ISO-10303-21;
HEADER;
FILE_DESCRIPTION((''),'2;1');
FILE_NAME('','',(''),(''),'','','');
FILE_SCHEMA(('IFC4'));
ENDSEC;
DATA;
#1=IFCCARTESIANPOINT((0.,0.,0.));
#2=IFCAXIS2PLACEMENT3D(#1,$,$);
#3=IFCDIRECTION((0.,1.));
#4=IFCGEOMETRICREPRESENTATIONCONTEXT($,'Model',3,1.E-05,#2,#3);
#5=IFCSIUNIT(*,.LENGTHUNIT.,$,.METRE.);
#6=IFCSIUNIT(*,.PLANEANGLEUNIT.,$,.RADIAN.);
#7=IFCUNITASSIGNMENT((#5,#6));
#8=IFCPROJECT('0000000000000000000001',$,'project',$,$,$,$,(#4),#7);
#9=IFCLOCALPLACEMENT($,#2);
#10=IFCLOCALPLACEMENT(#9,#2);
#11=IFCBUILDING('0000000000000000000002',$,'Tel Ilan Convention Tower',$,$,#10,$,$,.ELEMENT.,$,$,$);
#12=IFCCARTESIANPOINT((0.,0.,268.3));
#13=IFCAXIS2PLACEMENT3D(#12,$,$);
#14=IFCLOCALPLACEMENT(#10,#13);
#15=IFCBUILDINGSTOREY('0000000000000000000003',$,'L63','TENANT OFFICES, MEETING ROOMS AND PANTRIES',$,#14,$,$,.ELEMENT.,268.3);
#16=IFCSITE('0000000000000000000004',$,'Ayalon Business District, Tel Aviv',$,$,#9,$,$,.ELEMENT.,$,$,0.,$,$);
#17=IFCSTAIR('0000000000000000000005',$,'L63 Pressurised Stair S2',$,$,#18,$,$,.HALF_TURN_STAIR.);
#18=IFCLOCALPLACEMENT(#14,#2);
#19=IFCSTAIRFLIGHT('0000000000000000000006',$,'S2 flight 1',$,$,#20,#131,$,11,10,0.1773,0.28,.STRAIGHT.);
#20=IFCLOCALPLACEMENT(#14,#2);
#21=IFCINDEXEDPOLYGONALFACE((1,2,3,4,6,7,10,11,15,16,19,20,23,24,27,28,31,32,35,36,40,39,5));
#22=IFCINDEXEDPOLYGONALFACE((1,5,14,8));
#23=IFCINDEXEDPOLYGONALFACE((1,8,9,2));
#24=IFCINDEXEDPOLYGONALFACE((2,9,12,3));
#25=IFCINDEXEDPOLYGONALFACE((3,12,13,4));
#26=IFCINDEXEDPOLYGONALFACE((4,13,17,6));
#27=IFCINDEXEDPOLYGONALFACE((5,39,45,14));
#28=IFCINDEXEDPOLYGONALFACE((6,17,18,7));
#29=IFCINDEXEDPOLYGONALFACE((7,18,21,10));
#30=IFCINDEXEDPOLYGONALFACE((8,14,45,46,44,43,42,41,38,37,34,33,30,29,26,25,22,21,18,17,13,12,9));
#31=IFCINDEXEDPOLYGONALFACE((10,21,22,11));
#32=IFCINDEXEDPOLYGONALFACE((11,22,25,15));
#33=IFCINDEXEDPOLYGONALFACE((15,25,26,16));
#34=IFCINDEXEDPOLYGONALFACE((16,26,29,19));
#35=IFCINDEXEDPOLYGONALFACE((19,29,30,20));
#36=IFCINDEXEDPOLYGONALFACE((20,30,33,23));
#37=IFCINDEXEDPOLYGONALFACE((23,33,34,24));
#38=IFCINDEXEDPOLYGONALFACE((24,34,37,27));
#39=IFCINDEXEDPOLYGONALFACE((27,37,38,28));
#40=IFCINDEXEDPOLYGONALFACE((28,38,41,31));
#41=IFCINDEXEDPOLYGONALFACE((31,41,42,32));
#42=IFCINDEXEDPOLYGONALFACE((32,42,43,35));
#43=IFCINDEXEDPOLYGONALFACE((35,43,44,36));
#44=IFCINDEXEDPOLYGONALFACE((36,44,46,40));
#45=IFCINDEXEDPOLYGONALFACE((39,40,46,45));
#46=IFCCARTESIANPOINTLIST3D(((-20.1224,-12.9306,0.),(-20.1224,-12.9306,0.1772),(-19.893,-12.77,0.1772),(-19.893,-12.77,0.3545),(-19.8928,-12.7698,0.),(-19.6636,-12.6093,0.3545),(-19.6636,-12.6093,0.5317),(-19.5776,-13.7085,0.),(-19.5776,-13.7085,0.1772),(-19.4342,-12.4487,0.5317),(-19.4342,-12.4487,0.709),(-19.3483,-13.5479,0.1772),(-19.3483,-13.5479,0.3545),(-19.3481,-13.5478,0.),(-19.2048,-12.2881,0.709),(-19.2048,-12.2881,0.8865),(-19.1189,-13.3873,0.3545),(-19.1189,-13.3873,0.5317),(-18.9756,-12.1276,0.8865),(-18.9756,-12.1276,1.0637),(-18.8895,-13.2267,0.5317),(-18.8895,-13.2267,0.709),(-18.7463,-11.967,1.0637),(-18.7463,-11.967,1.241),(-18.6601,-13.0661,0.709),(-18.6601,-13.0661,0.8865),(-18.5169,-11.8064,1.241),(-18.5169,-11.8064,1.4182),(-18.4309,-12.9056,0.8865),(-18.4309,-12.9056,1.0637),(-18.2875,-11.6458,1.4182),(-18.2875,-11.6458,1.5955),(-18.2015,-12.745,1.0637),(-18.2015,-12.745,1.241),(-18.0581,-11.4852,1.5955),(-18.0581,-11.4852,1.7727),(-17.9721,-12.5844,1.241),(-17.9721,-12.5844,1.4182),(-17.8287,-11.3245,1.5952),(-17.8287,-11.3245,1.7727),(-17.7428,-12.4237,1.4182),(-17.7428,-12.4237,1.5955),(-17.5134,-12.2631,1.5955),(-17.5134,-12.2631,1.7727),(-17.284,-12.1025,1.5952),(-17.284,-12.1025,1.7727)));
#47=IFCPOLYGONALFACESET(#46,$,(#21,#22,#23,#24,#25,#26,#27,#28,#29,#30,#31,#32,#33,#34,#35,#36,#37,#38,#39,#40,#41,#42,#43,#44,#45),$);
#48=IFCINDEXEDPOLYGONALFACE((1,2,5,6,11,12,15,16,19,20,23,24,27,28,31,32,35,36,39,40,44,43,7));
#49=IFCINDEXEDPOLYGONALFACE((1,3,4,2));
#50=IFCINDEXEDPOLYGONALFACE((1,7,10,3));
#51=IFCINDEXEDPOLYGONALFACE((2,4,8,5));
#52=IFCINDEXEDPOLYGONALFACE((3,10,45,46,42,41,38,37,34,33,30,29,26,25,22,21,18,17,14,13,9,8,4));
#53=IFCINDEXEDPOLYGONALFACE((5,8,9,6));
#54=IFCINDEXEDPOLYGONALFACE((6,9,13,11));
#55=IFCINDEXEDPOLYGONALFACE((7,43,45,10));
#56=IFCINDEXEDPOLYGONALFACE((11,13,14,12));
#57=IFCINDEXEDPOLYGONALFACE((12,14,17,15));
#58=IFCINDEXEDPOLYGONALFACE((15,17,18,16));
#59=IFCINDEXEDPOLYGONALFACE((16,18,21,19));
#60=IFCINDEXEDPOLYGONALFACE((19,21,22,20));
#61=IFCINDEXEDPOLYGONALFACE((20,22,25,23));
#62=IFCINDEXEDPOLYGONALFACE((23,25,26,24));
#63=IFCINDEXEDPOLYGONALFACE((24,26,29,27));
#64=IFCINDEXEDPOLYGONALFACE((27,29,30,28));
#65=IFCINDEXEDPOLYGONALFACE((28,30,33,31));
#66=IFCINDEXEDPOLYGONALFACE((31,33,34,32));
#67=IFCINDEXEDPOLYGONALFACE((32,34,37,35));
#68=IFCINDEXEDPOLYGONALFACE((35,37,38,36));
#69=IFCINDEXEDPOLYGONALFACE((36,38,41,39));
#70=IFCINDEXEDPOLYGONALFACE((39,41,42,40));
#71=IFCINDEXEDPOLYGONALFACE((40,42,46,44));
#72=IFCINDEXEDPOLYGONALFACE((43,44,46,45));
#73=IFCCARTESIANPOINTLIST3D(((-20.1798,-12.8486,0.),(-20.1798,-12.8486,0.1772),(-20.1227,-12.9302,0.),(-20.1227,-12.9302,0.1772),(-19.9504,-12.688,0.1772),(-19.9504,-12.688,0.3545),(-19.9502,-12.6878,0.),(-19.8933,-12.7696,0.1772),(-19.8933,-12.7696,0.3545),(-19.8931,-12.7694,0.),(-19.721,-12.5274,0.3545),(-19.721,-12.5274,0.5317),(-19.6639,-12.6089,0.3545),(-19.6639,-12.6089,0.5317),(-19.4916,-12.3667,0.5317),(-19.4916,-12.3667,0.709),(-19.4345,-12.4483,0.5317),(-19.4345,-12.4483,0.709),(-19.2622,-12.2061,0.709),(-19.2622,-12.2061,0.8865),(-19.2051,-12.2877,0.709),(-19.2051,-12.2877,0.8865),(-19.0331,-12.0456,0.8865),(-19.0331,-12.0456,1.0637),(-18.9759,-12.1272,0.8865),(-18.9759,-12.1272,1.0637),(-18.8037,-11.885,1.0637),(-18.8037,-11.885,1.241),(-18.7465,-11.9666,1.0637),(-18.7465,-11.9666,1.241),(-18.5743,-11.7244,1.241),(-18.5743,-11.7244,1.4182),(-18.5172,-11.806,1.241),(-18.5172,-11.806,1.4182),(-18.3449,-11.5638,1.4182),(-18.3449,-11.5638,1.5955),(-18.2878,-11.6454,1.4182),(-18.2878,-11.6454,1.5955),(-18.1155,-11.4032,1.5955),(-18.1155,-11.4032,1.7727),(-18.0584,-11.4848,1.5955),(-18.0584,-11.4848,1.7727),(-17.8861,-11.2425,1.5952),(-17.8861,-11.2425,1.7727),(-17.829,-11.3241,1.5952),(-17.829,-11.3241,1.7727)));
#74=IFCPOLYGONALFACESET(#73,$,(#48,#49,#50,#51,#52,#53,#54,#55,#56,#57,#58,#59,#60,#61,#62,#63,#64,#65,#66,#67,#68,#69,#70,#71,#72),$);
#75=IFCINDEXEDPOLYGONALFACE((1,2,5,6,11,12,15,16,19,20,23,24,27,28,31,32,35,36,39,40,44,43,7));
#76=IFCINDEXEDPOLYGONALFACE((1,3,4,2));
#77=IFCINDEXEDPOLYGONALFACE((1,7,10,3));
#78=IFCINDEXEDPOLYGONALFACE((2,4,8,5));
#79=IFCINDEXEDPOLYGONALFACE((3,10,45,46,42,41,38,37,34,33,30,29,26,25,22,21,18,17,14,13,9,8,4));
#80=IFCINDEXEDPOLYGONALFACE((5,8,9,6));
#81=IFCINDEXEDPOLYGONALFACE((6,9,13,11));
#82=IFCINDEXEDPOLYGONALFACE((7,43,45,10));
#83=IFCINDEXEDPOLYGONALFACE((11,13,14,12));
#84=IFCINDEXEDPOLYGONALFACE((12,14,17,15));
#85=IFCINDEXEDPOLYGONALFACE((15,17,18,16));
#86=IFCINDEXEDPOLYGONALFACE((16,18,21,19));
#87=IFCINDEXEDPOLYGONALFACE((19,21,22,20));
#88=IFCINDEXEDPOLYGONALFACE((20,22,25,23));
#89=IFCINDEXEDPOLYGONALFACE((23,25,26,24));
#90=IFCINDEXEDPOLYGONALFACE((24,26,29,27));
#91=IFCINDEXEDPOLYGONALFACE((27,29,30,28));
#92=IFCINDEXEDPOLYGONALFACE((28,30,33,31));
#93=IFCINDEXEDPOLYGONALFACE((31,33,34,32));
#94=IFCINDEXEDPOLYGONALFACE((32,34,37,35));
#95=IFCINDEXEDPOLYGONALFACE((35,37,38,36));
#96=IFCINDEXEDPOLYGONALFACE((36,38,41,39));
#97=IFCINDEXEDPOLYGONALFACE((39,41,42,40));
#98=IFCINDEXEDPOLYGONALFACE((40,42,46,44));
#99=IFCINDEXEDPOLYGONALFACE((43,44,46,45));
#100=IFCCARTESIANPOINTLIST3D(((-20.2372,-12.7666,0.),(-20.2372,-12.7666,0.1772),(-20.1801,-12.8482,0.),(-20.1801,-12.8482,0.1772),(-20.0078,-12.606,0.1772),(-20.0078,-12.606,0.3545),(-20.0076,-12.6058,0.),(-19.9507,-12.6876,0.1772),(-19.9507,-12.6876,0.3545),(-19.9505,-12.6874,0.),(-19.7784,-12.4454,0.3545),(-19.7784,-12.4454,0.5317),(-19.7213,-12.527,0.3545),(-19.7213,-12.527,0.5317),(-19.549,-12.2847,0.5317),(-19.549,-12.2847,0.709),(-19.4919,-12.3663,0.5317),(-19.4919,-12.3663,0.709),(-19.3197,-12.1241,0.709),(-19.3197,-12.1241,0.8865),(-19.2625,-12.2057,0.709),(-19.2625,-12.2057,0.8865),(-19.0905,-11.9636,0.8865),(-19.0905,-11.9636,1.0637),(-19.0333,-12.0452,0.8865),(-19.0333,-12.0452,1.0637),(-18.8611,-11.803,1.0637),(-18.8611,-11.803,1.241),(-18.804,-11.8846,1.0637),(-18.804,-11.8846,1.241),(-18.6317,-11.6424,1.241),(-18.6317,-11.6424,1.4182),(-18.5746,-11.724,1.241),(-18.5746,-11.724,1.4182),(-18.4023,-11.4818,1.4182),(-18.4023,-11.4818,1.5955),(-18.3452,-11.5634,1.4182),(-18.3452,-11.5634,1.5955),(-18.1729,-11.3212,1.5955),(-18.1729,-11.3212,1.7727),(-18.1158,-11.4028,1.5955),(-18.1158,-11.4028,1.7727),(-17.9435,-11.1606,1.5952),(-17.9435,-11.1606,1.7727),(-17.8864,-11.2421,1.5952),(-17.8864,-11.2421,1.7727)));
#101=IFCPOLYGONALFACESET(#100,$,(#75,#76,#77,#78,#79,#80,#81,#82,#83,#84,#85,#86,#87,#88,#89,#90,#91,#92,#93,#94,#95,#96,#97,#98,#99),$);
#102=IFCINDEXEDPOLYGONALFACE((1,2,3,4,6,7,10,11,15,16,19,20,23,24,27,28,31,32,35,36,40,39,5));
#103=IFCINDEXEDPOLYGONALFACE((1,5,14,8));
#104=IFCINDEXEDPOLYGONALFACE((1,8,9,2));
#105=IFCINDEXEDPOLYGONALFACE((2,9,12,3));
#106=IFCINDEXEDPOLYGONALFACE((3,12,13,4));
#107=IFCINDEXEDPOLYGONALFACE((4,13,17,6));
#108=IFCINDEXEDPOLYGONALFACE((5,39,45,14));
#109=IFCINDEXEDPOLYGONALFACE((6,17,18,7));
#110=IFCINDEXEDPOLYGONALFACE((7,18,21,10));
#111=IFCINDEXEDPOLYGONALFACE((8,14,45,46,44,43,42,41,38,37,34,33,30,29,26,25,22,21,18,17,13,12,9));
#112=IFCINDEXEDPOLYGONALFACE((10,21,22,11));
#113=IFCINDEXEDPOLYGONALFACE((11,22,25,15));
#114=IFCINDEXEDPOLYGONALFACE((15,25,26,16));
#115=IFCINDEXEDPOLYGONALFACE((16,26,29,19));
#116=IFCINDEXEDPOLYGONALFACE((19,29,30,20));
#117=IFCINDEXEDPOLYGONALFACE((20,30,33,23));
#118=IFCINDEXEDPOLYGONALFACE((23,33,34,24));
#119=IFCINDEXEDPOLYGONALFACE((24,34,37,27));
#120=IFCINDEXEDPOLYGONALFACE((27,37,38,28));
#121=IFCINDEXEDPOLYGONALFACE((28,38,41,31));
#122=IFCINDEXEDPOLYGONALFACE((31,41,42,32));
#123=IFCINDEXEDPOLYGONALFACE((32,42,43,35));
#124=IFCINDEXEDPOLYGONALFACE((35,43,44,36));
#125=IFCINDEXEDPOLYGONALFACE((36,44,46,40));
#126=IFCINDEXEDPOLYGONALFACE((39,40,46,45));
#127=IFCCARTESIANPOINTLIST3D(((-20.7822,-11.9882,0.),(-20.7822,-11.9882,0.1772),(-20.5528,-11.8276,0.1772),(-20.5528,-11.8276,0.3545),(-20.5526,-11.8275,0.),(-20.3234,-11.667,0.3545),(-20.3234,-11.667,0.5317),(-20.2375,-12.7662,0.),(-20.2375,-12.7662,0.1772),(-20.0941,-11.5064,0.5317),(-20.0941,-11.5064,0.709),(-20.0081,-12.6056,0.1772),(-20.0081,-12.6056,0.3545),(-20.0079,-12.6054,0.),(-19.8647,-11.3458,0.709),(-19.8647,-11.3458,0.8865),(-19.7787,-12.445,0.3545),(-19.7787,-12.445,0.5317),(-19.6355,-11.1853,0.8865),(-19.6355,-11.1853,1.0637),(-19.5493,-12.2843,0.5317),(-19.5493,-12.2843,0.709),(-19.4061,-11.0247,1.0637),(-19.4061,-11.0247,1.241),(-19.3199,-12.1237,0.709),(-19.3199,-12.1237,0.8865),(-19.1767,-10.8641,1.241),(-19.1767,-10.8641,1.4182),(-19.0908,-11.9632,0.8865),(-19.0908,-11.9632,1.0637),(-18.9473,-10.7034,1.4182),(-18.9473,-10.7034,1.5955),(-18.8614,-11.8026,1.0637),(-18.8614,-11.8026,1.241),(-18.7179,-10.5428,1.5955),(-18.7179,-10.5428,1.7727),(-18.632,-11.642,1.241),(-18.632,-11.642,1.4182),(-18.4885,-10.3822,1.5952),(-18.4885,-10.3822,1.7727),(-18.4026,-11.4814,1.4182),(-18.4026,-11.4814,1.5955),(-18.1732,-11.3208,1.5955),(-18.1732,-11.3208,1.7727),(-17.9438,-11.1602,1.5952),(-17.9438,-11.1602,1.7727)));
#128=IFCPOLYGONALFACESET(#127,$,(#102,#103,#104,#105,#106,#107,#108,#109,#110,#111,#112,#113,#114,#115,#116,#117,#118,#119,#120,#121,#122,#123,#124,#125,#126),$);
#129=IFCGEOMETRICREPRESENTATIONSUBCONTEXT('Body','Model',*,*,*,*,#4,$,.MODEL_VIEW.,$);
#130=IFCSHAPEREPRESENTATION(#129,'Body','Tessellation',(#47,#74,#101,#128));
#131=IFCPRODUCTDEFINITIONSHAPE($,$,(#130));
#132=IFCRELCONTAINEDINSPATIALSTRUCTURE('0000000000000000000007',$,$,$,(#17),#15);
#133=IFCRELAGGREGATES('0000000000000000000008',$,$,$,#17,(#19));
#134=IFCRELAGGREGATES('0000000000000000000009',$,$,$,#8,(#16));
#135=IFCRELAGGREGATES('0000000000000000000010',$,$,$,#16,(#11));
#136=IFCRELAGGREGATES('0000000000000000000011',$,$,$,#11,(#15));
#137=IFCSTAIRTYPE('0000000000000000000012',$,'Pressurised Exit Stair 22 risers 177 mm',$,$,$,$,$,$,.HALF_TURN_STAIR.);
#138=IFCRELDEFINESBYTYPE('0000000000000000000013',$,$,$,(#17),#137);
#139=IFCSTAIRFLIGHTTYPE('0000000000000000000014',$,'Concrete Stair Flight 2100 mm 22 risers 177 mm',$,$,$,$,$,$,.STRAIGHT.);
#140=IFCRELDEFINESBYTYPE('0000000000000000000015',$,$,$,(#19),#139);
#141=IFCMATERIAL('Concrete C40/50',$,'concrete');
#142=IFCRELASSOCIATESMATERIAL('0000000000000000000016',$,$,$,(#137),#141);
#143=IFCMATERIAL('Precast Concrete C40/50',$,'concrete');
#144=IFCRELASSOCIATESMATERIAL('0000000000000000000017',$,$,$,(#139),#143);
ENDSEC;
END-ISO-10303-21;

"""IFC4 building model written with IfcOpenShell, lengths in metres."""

from ifc_helpers import new_model, si_unit, direction, frame, origin, place, context, subcontext, project, spatial, polyline, outline, extrude, material, type_object, element, aggregate, save


model = new_model("IFC4")

# Units and contexts
model_context = context("Model", 3, precision=1e-05, world=origin(), true_north=direction((0.0, 1.0)))
body_context = subcontext(model_context, "Body", "Model", "MODEL_VIEW")
ifc_project = project(units=[si_unit("LENGTHUNIT", "METRE"), si_unit("PLANEANGLEUNIT", "RADIAN")], contexts=[model_context])

# Site, building, storey
site_placement = place(None, origin())
site = spatial("IfcSite", under=ifc_project, at=site_placement, Name="Ayalon Business District, Tel Aviv", CompositionType="ELEMENT", RefElevation=0.0)
building_placement = place(site_placement, origin())
building = spatial("IfcBuilding", under=site, at=building_placement, Name="Tel Ilan Convention Tower", CompositionType="ELEMENT")
storey_placement = place(building_placement, frame((0.0, 0.0, 268.3)))
storey = spatial("IfcBuildingStorey", under=building, at=storey_placement, Name="L63", Description="TENANT OFFICES, MEETING ROOMS AND PANTRIES", CompositionType="ELEMENT", Elevation=268.3)

# Stair, stair flight
ifc_material_1 = material(Name="Concrete C40/50", Category="concrete")
stair_type = type_object("IfcStairType", Name="Pressurised Exit Stair 22 risers 177 mm", PredefinedType="HALF_TURN_STAIR", material=ifc_material_1)
ifc_material_2 = material(Name="Precast Concrete C40/50", Category="concrete")
stair_flight_type = type_object("IfcStairFlightType", Name="Concrete Stair Flight 2100 mm 22 risers 177 mm", PredefinedType="STRAIGHT", material=ifc_material_2)
stair_1_placement = place(storey_placement, origin())
stair_1 = element("IfcStair", 1, at=stair_1_placement, inside=storey, type_object=stair_type, Name="L63 Pressurised Stair S2", PredefinedType="HALF_TURN_STAIR")
stair_flight_1_placement = place(storey_placement, frame((-20.1799, -12.8484, 0.0), z_axis=(0.0, 0.0, 1.0), x_axis=(0.819152, 0.573576, 0.0)))
stair_flight_1 = element("IfcStairFlight", 2, at=stair_flight_1_placement, type_object=stair_flight_type, Name="S2 flight 1", NumberOfRisers=11, NumberOfTreads=10, PredefinedType="STRAIGHT", RiserHeight=0.1773, TreadLength=0.28, context=body_context, shape_type="SweptSolid", body=[
    extrude(outline(polyline([(0.0, 0.0), (0.0, 0.1772), (0.28, 0.1772), (0.28, 0.3545), (0.5601, 0.3545), (0.5601, 0.5317), (0.8401, 0.5317), (0.8401, 0.709), (1.1201, 0.709), (1.1201, 0.8865), (1.3999, 0.8865), (1.3999, 1.0637), (1.6799, 1.0637), (1.6799, 1.241), (1.96, 1.241), (1.96, 1.4182), (2.24, 1.4182), (2.24, 1.5955), (2.52, 1.5955), (2.52, 1.7727), (2.8, 1.7727), (2.8, 1.95), (2.8, 1.5952), (0.2803, 0.0), (0.0, 0.0)])), frame((0.0, -0.1003, 0.0), z_axis=(0.0, -1.0, 0.0), x_axis=(1.0, 0.0, 0.0)), (0.0, 0.0, 1.0), 0.9497),
    extrude(outline(polyline([(0.0, 0.0), (0.0, 0.1772), (0.28, 0.1772), (0.28, 0.3545), (0.5601, 0.3545), (0.5601, 0.5317), (0.8401, 0.5317), (0.8401, 0.709), (1.1201, 0.709), (1.1201, 0.8865), (1.3999, 0.8865), (1.3999, 1.0637), (1.6799, 1.0637), (1.6799, 1.241), (1.96, 1.241), (1.96, 1.4182), (2.24, 1.4182), (2.24, 1.5955), (2.52, 1.5955), (2.52, 1.7727), (2.8, 1.7727), (2.8, 1.95), (2.8, 1.5952), (0.2803, 0.0), (0.0, 0.0)])), frame((0.0, -0.0002, 0.0), z_axis=(0.0, -1.0, 0.0), x_axis=(1.0, 0.0, 0.0)), (0.0, 0.0, 1.0), 0.0996),
    extrude(outline(polyline([(0.0, 0.0), (0.0, 0.1772), (0.28, 0.1772), (0.28, 0.3545), (0.5601, 0.3545), (0.5601, 0.5317), (0.8401, 0.5317), (0.8401, 0.709), (1.1201, 0.709), (1.1201, 0.8865), (1.3999, 0.8865), (1.3999, 1.0637), (1.6799, 1.0637), (1.6799, 1.241), (1.96, 1.241), (1.96, 1.4182), (2.24, 1.4182), (2.24, 1.5955), (2.52, 1.5955), (2.52, 1.7727), (2.8, 1.7727), (2.8, 1.95), (2.8, 1.5952), (0.2803, 0.0), (0.0, 0.0)])), frame((0.0, 0.0999, 0.0), z_axis=(0.0, -1.0, 0.0), x_axis=(1.0, 0.0, 0.0)), (0.0, 0.0, 1.0), 0.0996),
    extrude(outline(polyline([(0.0, 0.0), (0.0, 0.1772), (0.28, 0.1772), (0.28, 0.3545), (0.5601, 0.3545), (0.5601, 0.5317), (0.8401, 0.5317), (0.8401, 0.709), (1.1201, 0.709), (1.1201, 0.8865), (1.3999, 0.8865), (1.3999, 1.0637), (1.6799, 1.0637), (1.6799, 1.241), (1.96, 1.241), (1.96, 1.4182), (2.24, 1.4182), (2.24, 1.5955), (2.52, 1.5955), (2.52, 1.7727), (2.8, 1.7727), (2.8, 1.95), (2.8, 1.5952), (0.2803, 0.0), (0.0, 0.0)])), frame((0.0, 1.05, 0.0), z_axis=(0.0, -1.0, 0.0), x_axis=(1.0, 0.0, 0.0)), (0.0, 0.0, 1.0), 0.9497),
])
aggregate(stair_1, [stair_flight_1])

save(model, "model.ifc")
